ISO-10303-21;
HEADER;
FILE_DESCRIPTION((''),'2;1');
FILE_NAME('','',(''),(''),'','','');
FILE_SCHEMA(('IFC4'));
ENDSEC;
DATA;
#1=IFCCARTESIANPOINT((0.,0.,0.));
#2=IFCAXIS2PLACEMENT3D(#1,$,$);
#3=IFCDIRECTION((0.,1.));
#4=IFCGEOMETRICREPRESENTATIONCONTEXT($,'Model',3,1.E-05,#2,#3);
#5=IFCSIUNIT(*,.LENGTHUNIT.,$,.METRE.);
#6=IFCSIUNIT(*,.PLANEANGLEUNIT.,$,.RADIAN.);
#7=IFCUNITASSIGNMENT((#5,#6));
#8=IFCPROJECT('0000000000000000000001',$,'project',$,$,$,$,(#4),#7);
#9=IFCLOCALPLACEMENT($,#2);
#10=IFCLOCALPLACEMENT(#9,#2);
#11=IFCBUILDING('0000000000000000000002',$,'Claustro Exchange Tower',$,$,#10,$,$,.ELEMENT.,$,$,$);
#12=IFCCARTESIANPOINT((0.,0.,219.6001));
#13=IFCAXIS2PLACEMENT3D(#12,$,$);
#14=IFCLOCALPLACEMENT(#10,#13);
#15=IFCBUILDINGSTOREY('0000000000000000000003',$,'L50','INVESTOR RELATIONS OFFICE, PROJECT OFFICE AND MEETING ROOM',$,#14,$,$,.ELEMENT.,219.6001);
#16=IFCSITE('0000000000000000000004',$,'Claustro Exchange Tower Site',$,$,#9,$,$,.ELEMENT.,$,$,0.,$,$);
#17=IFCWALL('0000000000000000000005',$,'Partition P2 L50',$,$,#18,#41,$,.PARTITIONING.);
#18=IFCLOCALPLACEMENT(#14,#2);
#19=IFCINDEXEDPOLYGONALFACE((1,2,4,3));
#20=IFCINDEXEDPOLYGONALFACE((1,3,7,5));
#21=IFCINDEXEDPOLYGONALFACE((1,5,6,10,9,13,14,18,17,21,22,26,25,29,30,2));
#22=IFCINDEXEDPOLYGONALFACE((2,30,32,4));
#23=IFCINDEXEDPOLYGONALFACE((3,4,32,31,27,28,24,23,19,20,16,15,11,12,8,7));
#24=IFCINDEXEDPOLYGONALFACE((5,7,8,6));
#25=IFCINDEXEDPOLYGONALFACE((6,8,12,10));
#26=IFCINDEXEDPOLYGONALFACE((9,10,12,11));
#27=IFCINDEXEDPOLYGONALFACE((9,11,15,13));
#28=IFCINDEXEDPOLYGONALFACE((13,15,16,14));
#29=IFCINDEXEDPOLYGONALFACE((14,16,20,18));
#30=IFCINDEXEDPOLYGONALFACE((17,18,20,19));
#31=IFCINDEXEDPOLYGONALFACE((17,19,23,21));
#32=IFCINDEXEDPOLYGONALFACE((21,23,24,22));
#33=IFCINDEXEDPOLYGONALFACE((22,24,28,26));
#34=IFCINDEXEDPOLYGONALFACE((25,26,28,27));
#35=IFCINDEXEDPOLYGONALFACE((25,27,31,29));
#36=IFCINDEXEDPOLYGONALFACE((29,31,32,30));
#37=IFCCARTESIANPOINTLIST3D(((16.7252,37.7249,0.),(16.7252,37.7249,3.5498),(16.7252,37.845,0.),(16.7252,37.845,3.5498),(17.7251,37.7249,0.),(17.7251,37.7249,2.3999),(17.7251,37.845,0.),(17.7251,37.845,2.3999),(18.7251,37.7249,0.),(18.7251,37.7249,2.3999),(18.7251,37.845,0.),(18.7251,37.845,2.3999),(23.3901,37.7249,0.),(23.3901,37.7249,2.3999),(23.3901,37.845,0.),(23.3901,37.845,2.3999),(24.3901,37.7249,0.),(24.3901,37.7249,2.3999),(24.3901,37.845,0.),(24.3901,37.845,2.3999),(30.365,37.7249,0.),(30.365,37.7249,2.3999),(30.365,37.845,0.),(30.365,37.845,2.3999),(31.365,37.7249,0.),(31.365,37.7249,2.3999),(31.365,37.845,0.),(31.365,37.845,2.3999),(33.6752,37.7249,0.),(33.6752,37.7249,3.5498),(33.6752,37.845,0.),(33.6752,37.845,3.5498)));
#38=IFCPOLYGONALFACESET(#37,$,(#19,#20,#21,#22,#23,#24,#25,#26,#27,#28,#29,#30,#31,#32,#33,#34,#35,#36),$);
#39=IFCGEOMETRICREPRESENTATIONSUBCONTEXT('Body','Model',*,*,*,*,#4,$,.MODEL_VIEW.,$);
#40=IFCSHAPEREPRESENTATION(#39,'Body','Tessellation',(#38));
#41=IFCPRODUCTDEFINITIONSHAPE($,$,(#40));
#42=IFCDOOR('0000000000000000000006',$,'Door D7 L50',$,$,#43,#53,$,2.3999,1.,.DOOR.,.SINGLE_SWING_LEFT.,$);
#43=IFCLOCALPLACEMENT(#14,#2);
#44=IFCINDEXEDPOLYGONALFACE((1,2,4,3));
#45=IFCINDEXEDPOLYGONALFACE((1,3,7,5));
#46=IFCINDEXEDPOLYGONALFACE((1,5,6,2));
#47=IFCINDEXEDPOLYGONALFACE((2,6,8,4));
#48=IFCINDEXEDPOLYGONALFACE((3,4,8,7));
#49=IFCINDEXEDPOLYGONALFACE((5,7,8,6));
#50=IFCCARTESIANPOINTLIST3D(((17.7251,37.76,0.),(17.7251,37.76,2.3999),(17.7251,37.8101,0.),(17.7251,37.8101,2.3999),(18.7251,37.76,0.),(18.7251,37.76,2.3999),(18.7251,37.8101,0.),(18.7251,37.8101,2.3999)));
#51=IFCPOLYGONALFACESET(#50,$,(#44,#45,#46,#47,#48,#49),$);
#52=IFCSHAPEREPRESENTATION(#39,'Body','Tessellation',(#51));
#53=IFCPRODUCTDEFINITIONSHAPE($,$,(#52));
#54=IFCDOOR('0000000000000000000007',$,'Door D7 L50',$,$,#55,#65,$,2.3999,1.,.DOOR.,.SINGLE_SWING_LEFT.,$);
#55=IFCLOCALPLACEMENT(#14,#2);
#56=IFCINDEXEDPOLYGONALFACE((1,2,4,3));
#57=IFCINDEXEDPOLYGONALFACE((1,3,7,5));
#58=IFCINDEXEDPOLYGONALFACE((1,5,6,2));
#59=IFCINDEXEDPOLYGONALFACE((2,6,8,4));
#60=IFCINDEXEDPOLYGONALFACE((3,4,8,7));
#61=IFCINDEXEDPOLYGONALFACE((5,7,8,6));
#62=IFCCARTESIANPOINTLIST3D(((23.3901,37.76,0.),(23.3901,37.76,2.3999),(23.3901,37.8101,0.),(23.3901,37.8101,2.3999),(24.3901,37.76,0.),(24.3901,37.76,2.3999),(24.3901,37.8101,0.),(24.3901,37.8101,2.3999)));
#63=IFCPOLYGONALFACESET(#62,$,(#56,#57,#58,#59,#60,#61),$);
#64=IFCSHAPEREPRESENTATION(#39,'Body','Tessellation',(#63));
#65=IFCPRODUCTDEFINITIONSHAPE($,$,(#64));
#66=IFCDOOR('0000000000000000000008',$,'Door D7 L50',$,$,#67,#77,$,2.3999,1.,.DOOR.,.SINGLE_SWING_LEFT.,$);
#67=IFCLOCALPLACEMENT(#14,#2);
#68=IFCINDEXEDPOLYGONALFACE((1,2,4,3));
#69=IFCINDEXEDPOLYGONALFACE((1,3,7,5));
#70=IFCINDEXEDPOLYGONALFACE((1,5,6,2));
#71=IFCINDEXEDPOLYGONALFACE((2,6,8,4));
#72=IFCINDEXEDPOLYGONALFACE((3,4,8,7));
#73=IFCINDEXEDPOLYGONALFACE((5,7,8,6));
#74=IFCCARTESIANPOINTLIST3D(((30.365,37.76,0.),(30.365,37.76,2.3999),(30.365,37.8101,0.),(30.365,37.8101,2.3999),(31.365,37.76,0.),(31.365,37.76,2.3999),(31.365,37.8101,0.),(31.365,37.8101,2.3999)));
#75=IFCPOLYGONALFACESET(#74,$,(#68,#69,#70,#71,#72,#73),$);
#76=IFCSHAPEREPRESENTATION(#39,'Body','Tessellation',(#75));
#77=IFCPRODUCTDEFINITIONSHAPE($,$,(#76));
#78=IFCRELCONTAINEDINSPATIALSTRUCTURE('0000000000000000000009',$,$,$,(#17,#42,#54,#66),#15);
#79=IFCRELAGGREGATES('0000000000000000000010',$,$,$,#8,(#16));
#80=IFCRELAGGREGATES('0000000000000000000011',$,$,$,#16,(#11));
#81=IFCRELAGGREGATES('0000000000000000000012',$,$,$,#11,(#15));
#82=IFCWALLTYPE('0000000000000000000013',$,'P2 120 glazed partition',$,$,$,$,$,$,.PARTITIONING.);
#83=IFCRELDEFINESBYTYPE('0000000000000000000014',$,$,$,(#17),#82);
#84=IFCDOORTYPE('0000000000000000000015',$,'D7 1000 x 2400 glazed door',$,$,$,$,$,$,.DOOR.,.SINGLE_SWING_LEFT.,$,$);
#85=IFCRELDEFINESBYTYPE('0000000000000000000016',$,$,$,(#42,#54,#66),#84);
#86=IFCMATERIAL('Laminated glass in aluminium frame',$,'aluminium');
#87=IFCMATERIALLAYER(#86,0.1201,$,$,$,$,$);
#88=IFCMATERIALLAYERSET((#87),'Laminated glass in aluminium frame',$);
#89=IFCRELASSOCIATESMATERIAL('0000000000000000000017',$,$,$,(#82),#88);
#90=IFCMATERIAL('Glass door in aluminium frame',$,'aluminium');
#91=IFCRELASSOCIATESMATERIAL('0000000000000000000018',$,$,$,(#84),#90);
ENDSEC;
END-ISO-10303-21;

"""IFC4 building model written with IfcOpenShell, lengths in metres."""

from ifc_helpers import new_model, si_unit, direction, frame, frame_2d, origin, place, context, subcontext, project, spatial, rectangle, extrude, material, layer, layer_set, type_object, element, fill, save


model = new_model("IFC4")

# Units and contexts
model_context = context("Model", 3, precision=1e-05, world=origin(), true_north=direction((0.0, 1.0)))
body_context = subcontext(model_context, "Body", "Model", "MODEL_VIEW")
ifc_project = project(units=[si_unit("LENGTHUNIT", "METRE"), si_unit("PLANEANGLEUNIT", "RADIAN")], contexts=[model_context])

# Site, building, storey
site_placement = place(None, origin())
site = spatial("IfcSite", under=ifc_project, at=site_placement, Name="Claustro Exchange Tower Site", CompositionType="ELEMENT", RefElevation=0.0)
building_placement = place(site_placement, origin())
building = spatial("IfcBuilding", under=site, at=building_placement, Name="Claustro Exchange Tower", CompositionType="ELEMENT")
storey_placement = place(building_placement, frame((0.0, 0.0, 219.6001)))
storey = spatial("IfcBuildingStorey", under=building, at=storey_placement, Name="L50", Description="INVESTOR RELATIONS OFFICE, PROJECT OFFICE AND MEETING ROOM", CompositionType="ELEMENT", Elevation=219.6001)

# Shared definitions
ifc_material_1 = material(Name="Laminated glass in aluminium frame", Category="aluminium")
ifc_layer = layer(ifc_material_1, 0.1201)
ifc_layer_set = layer_set([ifc_layer], Name="Laminated glass in aluminium frame")
wall_type = type_object("IfcWallType", Name="P2 120 glazed partition", PredefinedType="PARTITIONING", material=ifc_layer_set)
ifc_material_2 = material(Name="Glass door in aluminium frame", Category="aluminium")
door_type = type_object("IfcDoorType", Name="D7 1000 x 2400 glazed door", OperationType="SINGLE_SWING_LEFT", PredefinedType="DOOR", material=ifc_material_2)

# Wall, openings, doors
wall_1_placement = place(storey_placement, frame((16.7251, 37.7849, 0.0), z_axis=(0.0, 0.0, 1.0), x_axis=(1.0, 0.0, 0.0)))
wall_1 = element("IfcWall", 1, at=wall_1_placement, inside=storey, type_object=wall_type, Name="Partition P2 L50", PredefinedType="PARTITIONING", context=body_context, shape_type="SweptSolid", body=[
    extrude(rectangle(XDim=16.95, YDim=0.1201, at=frame_2d((8.4751, 0.0))), origin(), (0.0, 0.0, 1.0), 3.5498),
])
opening_1_placement = place(wall_1_placement, frame((1.0, 0.0, 0.0)))
opening_1 = element("IfcOpeningElement", 2, at=opening_1_placement, cuts=wall_1, PredefinedType="OPENING", context=body_context, shape_type="SweptSolid", body=[
    extrude(rectangle(XDim=1.0, YDim=2.3999, at=frame_2d((0.5, 1.2))), frame((0.0, 0.0701, 0.0), z_axis=(0.0, -1.0, 0.0), x_axis=(1.0, 0.0, 0.0)), (0.0, 0.0, 1.0), 0.1401),
])
opening_2_placement = place(wall_1_placement, frame((6.665, 0.0, 0.0)))
opening_2 = element("IfcOpeningElement", 3, at=opening_2_placement, cuts=wall_1, PredefinedType="OPENING", context=body_context, shape_type="SweptSolid", body=[
    extrude(rectangle(XDim=1.0, YDim=2.3999, at=frame_2d((0.5, 1.2))), frame((0.0, 0.0701, 0.0), z_axis=(0.0, -1.0, 0.0), x_axis=(1.0, 0.0, 0.0)), (0.0, 0.0, 1.0), 0.1401),
])
opening_3_placement = place(wall_1_placement, frame((13.6399, 0.0, 0.0)))
opening_3 = element("IfcOpeningElement", 4, at=opening_3_placement, cuts=wall_1, PredefinedType="OPENING", context=body_context, shape_type="SweptSolid", body=[
    extrude(rectangle(XDim=1.0, YDim=2.3999, at=frame_2d((0.5, 1.2))), frame((0.0, 0.0701, 0.0), z_axis=(0.0, -1.0, 0.0), x_axis=(1.0, 0.0, 0.0)), (0.0, 0.0, 1.0), 0.1401),
])
door_1_placement = place(opening_1_placement, frame((1.0, 0.0, 0.0), z_axis=(0.0, 0.0, 1.0), x_axis=(-1.0, 0.0, 0.0)))
door_1 = element("IfcDoor", 5, at=door_1_placement, inside=storey, type_object=door_type, Name="Door D7 L50", OperationType="SINGLE_SWING_LEFT", OverallHeight=2.3999, OverallWidth=1.0, PredefinedType="DOOR", context=body_context, shape_type="SweptSolid", body=[
    extrude(rectangle(XDim=1.0, YDim=2.3999, at=frame_2d((0.5, 1.2))), frame((0.0, 0.0249, 0.0), z_axis=(0.0, -1.0, 0.0), x_axis=(1.0, 0.0, 0.0)), (0.0, 0.0, 1.0), 0.05),
])
fill(opening_1, door_1)
door_2_placement = place(opening_2_placement, frame((1.0, 0.0, 0.0), z_axis=(0.0, 0.0, 1.0), x_axis=(-1.0, 0.0, 0.0)))
door_2 = element("IfcDoor", 6, at=door_2_placement, inside=storey, type_object=door_type, Name="Door D7 L50", OperationType="SINGLE_SWING_LEFT", OverallHeight=2.3999, OverallWidth=1.0, PredefinedType="DOOR", context=body_context, shape_type="SweptSolid", body=[
    extrude(rectangle(XDim=1.0, YDim=2.3999, at=frame_2d((0.5, 1.2))), frame((0.0, 0.0249, 0.0), z_axis=(0.0, -1.0, 0.0), x_axis=(1.0, 0.0, 0.0)), (0.0, 0.0, 1.0), 0.05),
])
fill(opening_2, door_2)
door_3_placement = place(opening_3_placement, frame((1.0, 0.0, 0.0), z_axis=(0.0, 0.0, 1.0), x_axis=(-1.0, 0.0, 0.0)))
door_3 = element("IfcDoor", 7, at=door_3_placement, inside=storey, type_object=door_type, Name="Door D7 L50", OperationType="SINGLE_SWING_LEFT", OverallHeight=2.3999, OverallWidth=1.0, PredefinedType="DOOR", context=body_context, shape_type="SweptSolid", body=[
    extrude(rectangle(XDim=1.0, YDim=2.3999, at=frame_2d((0.5, 1.2))), frame((0.0, 0.0249, 0.0), z_axis=(0.0, -1.0, 0.0), x_axis=(1.0, 0.0, 0.0)), (0.0, 0.0, 1.0), 0.05),
])
fill(opening_3, door_3)

save(model, "model.ifc")
